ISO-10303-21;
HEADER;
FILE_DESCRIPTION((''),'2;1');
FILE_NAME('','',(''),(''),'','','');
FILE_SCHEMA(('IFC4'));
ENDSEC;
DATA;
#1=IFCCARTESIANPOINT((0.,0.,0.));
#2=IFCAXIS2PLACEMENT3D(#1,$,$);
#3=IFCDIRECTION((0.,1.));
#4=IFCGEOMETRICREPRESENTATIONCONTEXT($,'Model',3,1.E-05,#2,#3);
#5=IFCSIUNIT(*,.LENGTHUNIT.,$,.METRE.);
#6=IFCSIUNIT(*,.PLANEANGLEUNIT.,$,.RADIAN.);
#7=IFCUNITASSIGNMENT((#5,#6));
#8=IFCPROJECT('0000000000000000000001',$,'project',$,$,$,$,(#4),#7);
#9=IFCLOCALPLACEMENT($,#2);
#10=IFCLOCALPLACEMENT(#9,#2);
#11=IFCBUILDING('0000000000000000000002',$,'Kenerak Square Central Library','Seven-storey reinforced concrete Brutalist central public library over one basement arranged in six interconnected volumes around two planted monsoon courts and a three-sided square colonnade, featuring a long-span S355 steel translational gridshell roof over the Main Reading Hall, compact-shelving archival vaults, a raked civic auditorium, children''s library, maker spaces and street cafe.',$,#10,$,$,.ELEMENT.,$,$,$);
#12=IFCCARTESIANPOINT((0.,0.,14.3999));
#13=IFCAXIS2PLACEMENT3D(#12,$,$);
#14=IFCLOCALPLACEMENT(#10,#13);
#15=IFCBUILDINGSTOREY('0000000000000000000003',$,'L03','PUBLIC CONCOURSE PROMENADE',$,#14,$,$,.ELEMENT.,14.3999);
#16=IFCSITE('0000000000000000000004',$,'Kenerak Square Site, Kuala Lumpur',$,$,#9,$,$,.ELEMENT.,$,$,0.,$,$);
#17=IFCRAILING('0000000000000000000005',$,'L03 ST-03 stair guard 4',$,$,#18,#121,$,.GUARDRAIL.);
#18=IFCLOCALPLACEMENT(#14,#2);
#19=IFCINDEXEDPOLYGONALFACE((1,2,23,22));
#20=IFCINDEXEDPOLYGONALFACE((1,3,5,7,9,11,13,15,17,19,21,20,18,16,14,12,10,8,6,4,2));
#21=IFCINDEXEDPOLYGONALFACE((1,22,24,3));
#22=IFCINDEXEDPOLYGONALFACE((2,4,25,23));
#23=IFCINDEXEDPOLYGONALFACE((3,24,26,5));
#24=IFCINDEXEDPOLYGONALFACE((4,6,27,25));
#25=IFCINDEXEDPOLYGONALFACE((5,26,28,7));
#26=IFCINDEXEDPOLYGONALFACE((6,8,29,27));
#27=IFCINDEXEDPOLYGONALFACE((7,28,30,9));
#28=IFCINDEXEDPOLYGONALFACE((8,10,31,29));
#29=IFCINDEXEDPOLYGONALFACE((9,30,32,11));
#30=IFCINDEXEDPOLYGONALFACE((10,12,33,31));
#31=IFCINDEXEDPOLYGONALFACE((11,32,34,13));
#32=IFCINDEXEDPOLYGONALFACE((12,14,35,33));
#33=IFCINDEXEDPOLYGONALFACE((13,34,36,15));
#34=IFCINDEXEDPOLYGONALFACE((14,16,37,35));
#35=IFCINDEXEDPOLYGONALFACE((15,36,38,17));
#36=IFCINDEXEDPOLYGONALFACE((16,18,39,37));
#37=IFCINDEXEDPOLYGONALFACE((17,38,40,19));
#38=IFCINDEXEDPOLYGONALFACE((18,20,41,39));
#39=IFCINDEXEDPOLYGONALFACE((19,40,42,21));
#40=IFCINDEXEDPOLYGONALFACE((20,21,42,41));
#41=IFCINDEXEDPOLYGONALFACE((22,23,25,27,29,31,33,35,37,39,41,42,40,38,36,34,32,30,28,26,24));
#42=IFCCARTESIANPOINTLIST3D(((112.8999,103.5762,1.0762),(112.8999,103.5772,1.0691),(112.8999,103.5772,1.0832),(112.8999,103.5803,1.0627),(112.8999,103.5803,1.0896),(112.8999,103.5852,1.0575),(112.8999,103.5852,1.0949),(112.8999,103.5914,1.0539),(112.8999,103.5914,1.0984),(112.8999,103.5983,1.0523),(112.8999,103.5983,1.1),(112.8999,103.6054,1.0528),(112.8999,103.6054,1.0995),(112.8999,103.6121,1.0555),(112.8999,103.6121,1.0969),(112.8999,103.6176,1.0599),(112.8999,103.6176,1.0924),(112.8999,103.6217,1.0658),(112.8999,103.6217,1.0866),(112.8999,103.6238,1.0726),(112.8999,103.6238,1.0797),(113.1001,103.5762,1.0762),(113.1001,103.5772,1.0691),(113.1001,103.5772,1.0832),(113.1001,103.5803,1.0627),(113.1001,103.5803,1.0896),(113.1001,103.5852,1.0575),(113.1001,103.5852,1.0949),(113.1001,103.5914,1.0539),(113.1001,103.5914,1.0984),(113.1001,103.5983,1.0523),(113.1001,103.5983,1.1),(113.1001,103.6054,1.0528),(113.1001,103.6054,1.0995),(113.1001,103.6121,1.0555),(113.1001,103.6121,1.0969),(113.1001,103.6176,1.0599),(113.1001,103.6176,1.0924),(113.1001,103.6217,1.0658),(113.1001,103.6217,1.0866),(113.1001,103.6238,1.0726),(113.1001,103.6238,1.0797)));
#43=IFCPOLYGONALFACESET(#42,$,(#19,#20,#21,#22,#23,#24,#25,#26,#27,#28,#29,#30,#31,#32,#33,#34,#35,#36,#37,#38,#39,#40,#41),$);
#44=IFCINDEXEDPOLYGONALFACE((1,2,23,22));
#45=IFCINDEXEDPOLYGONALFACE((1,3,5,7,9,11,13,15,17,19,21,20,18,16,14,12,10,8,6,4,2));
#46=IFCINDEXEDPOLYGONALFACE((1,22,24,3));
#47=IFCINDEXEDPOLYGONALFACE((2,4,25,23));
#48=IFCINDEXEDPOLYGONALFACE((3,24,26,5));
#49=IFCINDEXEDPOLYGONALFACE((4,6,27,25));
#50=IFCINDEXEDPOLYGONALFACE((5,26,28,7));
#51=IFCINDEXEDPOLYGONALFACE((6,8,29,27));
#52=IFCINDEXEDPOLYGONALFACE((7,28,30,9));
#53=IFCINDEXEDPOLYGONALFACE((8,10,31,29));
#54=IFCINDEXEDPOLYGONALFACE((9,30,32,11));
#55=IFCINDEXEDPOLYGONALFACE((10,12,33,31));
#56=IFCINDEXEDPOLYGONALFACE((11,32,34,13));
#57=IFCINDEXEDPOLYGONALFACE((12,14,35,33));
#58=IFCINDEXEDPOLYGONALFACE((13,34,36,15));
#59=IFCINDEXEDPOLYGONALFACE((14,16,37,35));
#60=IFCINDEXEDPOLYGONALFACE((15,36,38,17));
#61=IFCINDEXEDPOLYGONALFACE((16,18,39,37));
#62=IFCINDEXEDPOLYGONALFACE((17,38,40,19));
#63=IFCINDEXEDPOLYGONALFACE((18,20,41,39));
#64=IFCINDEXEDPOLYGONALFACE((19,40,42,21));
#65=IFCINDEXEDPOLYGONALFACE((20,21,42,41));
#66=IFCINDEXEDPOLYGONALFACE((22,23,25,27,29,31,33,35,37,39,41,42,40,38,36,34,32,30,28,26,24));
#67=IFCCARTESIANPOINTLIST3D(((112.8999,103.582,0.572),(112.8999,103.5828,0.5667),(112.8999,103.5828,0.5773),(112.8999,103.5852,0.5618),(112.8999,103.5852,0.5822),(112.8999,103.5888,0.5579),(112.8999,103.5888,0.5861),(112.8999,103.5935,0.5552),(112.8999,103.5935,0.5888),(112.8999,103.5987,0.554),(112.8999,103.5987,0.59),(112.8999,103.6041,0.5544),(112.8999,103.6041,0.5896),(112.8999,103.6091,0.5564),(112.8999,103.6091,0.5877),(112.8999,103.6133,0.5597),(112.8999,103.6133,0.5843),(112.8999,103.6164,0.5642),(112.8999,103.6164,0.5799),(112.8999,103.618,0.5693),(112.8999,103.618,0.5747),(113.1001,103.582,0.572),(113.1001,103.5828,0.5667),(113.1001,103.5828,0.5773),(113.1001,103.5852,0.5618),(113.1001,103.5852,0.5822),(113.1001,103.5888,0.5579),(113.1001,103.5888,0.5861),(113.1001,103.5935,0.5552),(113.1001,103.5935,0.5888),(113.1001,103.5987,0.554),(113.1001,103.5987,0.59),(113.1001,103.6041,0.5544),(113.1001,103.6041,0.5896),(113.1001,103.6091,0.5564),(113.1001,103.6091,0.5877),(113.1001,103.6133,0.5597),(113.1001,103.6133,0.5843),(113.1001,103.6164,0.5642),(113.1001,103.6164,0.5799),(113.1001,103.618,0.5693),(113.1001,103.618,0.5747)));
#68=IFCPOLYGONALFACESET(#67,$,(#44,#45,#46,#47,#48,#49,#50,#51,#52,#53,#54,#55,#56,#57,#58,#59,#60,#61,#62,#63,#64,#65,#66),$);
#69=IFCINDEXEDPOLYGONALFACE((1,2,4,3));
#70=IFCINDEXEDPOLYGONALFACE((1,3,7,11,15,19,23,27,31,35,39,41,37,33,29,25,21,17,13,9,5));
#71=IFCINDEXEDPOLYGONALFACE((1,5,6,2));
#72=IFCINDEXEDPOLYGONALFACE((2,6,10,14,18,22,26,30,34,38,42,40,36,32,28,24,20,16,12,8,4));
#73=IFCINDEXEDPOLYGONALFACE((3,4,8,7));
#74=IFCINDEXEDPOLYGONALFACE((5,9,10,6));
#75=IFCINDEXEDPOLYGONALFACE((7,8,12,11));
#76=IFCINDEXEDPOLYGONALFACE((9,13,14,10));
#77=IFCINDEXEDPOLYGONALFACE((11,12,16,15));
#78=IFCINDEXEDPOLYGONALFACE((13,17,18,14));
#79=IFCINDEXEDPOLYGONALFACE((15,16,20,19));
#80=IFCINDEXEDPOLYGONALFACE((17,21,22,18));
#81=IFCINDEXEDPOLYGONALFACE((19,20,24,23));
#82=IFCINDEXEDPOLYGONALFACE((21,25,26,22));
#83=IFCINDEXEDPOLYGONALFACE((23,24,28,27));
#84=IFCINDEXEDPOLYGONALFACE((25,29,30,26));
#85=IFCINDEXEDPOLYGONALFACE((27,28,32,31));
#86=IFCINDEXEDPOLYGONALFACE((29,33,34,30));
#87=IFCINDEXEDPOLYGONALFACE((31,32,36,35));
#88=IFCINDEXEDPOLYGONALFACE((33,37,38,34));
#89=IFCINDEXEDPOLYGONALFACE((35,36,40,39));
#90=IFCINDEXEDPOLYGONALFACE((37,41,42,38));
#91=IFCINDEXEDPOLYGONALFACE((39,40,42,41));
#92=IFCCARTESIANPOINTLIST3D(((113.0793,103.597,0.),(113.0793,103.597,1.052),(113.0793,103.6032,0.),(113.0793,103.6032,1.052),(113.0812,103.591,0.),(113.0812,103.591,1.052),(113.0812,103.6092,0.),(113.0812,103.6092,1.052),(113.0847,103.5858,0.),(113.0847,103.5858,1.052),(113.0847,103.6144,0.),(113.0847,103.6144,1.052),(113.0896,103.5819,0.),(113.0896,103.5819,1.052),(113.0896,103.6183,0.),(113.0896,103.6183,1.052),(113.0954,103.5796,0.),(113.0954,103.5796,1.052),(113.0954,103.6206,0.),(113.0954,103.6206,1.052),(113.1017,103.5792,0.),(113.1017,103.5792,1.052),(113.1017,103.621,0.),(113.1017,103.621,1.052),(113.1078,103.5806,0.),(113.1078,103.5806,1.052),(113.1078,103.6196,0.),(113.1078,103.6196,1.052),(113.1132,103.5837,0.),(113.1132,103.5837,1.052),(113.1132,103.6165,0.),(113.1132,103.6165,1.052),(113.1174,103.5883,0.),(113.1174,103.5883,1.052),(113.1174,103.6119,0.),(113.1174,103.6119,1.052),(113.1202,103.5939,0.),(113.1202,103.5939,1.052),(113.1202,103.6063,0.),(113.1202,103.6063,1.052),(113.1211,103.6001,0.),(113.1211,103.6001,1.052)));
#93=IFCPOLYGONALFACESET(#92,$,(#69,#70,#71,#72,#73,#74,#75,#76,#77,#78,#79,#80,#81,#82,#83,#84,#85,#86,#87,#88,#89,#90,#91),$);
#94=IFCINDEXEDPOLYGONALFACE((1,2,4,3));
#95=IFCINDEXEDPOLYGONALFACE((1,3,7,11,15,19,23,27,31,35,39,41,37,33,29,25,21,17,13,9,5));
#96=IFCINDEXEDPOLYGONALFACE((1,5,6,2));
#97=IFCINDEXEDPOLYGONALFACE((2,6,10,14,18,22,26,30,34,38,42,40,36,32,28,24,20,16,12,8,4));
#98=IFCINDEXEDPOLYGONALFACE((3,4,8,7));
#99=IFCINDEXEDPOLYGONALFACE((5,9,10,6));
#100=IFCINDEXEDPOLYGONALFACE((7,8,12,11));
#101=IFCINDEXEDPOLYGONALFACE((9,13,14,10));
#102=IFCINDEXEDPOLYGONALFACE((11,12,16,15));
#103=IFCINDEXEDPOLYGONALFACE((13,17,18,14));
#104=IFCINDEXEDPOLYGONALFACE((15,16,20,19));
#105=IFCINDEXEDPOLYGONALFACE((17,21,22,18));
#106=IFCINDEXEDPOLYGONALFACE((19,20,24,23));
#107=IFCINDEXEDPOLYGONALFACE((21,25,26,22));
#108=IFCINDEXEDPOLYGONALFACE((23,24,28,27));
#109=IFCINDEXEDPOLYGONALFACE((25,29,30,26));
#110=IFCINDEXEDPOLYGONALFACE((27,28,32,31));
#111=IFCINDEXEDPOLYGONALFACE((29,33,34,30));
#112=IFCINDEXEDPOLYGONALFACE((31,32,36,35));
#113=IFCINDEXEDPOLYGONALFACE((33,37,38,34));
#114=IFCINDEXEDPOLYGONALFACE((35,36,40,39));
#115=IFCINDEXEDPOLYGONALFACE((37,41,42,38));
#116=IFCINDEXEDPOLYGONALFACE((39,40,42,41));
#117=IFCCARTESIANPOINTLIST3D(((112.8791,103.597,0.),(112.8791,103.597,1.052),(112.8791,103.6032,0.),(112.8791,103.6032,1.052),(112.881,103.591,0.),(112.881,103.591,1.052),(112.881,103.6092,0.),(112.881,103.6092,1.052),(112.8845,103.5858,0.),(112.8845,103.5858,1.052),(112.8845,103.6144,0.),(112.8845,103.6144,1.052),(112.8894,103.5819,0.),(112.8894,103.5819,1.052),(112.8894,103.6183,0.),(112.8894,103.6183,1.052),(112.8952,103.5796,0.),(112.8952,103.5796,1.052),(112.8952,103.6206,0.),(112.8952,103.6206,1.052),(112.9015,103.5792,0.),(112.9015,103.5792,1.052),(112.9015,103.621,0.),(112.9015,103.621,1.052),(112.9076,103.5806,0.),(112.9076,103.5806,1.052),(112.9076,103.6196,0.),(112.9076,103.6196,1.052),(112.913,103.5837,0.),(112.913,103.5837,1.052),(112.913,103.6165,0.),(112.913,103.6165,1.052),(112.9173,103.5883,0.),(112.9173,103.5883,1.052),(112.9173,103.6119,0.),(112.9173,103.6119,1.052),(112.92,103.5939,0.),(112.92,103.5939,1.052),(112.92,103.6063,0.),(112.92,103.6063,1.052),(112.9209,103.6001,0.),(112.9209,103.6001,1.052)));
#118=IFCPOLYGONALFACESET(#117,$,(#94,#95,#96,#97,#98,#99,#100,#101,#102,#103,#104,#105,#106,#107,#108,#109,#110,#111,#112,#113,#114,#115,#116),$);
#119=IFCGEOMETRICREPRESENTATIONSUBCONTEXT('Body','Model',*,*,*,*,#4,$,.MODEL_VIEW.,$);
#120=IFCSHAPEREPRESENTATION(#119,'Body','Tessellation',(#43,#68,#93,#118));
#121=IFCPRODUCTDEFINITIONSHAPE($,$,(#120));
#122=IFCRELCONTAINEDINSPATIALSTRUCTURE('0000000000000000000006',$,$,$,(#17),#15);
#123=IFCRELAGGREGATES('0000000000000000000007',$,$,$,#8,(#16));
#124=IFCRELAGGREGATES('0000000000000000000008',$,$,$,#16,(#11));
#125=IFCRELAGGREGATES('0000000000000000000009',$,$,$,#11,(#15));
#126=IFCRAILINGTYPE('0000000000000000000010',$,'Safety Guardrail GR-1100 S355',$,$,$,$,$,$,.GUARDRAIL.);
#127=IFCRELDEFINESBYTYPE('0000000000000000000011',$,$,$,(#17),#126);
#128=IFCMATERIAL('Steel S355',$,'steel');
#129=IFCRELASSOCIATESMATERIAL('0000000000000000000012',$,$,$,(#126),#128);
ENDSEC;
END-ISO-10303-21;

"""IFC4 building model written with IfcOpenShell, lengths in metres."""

from ifc_helpers import new_model, si_unit, direction, frame, origin, origin_2d, place, context, subcontext, project, spatial, circle, extrude, material, type_object, element, save


model = new_model("IFC4")

# Units and contexts
model_context = context("Model", 3, precision=1e-05, world=origin(), true_north=direction((0.0, 1.0)))
body_context = subcontext(model_context, "Body", "Model", "MODEL_VIEW")
ifc_project = project(units=[si_unit("LENGTHUNIT", "METRE"), si_unit("PLANEANGLEUNIT", "RADIAN")], contexts=[model_context])

# Site, building, storey
site_placement = place(None, origin())
site = spatial("IfcSite", under=ifc_project, at=site_placement, Name="Kenerak Square Site, Kuala Lumpur", CompositionType="ELEMENT", RefElevation=0.0)
building_placement = place(site_placement, origin())
building = spatial("IfcBuilding", under=site, at=building_placement, Name="Kenerak Square Central Library", Description="Seven-storey reinforced concrete Brutalist central public library over one basement arranged in six interconnected volumes around two planted monsoon courts and a three-sided square colonnade, featuring a long-span S355 steel translational gridshell roof over the Main Reading Hall, compact-shelving archival vaults, a raked civic auditorium, children's library, maker spaces and street cafe.", CompositionType="ELEMENT")
storey_placement = place(building_placement, frame((0.0, 0.0, 14.3999)))
storey = spatial("IfcBuildingStorey", under=building, at=storey_placement, Name="L03", Description="PUBLIC CONCOURSE PROMENADE", CompositionType="ELEMENT", Elevation=14.3999)

# Railing
ifc_material_1 = material(Name="Steel S355", Category="steel")
railing_type_1 = type_object("IfcRailingType", Name="Safety Guardrail GR-1100 S355", PredefinedType="GUARDRAIL", material=ifc_material_1)
railing_1_placement = place(storey_placement, frame((113.1001, 103.6001, 0.0)))
element("IfcRailing", 1, at=railing_1_placement, inside=storey, type_object=railing_type_1, Name="L03 ST-03 stair guard 4", PredefinedType="GUARDRAIL", context=body_context, shape_type="SweptSolid", body=[
    extrude(circle(Radius=0.0239, at=origin_2d()), frame((0.0, 0.0, 1.0762), z_axis=(-1.0, 0.0, 0.0), x_axis=(0.0, -1.0, 0.0)), (0.0, 0.0, 1.0), 0.2002),
    extrude(circle(Radius=0.0181, at=origin_2d()), frame((0.0, 0.0, 0.572), z_axis=(-1.0, 0.0, 0.0), x_axis=(0.0, -1.0, 0.0)), (0.0, 0.0, 1.0), 0.2002),
    extrude(circle(Radius=0.021, at=origin_2d()), origin(), (0.0, 0.0, 1.0), 1.052),
    extrude(circle(Radius=0.021, at=origin_2d()), frame((-0.2002, 0.0, 0.0)), (0.0, 0.0, 1.0), 1.052),
])

save(model, "model.ifc")
